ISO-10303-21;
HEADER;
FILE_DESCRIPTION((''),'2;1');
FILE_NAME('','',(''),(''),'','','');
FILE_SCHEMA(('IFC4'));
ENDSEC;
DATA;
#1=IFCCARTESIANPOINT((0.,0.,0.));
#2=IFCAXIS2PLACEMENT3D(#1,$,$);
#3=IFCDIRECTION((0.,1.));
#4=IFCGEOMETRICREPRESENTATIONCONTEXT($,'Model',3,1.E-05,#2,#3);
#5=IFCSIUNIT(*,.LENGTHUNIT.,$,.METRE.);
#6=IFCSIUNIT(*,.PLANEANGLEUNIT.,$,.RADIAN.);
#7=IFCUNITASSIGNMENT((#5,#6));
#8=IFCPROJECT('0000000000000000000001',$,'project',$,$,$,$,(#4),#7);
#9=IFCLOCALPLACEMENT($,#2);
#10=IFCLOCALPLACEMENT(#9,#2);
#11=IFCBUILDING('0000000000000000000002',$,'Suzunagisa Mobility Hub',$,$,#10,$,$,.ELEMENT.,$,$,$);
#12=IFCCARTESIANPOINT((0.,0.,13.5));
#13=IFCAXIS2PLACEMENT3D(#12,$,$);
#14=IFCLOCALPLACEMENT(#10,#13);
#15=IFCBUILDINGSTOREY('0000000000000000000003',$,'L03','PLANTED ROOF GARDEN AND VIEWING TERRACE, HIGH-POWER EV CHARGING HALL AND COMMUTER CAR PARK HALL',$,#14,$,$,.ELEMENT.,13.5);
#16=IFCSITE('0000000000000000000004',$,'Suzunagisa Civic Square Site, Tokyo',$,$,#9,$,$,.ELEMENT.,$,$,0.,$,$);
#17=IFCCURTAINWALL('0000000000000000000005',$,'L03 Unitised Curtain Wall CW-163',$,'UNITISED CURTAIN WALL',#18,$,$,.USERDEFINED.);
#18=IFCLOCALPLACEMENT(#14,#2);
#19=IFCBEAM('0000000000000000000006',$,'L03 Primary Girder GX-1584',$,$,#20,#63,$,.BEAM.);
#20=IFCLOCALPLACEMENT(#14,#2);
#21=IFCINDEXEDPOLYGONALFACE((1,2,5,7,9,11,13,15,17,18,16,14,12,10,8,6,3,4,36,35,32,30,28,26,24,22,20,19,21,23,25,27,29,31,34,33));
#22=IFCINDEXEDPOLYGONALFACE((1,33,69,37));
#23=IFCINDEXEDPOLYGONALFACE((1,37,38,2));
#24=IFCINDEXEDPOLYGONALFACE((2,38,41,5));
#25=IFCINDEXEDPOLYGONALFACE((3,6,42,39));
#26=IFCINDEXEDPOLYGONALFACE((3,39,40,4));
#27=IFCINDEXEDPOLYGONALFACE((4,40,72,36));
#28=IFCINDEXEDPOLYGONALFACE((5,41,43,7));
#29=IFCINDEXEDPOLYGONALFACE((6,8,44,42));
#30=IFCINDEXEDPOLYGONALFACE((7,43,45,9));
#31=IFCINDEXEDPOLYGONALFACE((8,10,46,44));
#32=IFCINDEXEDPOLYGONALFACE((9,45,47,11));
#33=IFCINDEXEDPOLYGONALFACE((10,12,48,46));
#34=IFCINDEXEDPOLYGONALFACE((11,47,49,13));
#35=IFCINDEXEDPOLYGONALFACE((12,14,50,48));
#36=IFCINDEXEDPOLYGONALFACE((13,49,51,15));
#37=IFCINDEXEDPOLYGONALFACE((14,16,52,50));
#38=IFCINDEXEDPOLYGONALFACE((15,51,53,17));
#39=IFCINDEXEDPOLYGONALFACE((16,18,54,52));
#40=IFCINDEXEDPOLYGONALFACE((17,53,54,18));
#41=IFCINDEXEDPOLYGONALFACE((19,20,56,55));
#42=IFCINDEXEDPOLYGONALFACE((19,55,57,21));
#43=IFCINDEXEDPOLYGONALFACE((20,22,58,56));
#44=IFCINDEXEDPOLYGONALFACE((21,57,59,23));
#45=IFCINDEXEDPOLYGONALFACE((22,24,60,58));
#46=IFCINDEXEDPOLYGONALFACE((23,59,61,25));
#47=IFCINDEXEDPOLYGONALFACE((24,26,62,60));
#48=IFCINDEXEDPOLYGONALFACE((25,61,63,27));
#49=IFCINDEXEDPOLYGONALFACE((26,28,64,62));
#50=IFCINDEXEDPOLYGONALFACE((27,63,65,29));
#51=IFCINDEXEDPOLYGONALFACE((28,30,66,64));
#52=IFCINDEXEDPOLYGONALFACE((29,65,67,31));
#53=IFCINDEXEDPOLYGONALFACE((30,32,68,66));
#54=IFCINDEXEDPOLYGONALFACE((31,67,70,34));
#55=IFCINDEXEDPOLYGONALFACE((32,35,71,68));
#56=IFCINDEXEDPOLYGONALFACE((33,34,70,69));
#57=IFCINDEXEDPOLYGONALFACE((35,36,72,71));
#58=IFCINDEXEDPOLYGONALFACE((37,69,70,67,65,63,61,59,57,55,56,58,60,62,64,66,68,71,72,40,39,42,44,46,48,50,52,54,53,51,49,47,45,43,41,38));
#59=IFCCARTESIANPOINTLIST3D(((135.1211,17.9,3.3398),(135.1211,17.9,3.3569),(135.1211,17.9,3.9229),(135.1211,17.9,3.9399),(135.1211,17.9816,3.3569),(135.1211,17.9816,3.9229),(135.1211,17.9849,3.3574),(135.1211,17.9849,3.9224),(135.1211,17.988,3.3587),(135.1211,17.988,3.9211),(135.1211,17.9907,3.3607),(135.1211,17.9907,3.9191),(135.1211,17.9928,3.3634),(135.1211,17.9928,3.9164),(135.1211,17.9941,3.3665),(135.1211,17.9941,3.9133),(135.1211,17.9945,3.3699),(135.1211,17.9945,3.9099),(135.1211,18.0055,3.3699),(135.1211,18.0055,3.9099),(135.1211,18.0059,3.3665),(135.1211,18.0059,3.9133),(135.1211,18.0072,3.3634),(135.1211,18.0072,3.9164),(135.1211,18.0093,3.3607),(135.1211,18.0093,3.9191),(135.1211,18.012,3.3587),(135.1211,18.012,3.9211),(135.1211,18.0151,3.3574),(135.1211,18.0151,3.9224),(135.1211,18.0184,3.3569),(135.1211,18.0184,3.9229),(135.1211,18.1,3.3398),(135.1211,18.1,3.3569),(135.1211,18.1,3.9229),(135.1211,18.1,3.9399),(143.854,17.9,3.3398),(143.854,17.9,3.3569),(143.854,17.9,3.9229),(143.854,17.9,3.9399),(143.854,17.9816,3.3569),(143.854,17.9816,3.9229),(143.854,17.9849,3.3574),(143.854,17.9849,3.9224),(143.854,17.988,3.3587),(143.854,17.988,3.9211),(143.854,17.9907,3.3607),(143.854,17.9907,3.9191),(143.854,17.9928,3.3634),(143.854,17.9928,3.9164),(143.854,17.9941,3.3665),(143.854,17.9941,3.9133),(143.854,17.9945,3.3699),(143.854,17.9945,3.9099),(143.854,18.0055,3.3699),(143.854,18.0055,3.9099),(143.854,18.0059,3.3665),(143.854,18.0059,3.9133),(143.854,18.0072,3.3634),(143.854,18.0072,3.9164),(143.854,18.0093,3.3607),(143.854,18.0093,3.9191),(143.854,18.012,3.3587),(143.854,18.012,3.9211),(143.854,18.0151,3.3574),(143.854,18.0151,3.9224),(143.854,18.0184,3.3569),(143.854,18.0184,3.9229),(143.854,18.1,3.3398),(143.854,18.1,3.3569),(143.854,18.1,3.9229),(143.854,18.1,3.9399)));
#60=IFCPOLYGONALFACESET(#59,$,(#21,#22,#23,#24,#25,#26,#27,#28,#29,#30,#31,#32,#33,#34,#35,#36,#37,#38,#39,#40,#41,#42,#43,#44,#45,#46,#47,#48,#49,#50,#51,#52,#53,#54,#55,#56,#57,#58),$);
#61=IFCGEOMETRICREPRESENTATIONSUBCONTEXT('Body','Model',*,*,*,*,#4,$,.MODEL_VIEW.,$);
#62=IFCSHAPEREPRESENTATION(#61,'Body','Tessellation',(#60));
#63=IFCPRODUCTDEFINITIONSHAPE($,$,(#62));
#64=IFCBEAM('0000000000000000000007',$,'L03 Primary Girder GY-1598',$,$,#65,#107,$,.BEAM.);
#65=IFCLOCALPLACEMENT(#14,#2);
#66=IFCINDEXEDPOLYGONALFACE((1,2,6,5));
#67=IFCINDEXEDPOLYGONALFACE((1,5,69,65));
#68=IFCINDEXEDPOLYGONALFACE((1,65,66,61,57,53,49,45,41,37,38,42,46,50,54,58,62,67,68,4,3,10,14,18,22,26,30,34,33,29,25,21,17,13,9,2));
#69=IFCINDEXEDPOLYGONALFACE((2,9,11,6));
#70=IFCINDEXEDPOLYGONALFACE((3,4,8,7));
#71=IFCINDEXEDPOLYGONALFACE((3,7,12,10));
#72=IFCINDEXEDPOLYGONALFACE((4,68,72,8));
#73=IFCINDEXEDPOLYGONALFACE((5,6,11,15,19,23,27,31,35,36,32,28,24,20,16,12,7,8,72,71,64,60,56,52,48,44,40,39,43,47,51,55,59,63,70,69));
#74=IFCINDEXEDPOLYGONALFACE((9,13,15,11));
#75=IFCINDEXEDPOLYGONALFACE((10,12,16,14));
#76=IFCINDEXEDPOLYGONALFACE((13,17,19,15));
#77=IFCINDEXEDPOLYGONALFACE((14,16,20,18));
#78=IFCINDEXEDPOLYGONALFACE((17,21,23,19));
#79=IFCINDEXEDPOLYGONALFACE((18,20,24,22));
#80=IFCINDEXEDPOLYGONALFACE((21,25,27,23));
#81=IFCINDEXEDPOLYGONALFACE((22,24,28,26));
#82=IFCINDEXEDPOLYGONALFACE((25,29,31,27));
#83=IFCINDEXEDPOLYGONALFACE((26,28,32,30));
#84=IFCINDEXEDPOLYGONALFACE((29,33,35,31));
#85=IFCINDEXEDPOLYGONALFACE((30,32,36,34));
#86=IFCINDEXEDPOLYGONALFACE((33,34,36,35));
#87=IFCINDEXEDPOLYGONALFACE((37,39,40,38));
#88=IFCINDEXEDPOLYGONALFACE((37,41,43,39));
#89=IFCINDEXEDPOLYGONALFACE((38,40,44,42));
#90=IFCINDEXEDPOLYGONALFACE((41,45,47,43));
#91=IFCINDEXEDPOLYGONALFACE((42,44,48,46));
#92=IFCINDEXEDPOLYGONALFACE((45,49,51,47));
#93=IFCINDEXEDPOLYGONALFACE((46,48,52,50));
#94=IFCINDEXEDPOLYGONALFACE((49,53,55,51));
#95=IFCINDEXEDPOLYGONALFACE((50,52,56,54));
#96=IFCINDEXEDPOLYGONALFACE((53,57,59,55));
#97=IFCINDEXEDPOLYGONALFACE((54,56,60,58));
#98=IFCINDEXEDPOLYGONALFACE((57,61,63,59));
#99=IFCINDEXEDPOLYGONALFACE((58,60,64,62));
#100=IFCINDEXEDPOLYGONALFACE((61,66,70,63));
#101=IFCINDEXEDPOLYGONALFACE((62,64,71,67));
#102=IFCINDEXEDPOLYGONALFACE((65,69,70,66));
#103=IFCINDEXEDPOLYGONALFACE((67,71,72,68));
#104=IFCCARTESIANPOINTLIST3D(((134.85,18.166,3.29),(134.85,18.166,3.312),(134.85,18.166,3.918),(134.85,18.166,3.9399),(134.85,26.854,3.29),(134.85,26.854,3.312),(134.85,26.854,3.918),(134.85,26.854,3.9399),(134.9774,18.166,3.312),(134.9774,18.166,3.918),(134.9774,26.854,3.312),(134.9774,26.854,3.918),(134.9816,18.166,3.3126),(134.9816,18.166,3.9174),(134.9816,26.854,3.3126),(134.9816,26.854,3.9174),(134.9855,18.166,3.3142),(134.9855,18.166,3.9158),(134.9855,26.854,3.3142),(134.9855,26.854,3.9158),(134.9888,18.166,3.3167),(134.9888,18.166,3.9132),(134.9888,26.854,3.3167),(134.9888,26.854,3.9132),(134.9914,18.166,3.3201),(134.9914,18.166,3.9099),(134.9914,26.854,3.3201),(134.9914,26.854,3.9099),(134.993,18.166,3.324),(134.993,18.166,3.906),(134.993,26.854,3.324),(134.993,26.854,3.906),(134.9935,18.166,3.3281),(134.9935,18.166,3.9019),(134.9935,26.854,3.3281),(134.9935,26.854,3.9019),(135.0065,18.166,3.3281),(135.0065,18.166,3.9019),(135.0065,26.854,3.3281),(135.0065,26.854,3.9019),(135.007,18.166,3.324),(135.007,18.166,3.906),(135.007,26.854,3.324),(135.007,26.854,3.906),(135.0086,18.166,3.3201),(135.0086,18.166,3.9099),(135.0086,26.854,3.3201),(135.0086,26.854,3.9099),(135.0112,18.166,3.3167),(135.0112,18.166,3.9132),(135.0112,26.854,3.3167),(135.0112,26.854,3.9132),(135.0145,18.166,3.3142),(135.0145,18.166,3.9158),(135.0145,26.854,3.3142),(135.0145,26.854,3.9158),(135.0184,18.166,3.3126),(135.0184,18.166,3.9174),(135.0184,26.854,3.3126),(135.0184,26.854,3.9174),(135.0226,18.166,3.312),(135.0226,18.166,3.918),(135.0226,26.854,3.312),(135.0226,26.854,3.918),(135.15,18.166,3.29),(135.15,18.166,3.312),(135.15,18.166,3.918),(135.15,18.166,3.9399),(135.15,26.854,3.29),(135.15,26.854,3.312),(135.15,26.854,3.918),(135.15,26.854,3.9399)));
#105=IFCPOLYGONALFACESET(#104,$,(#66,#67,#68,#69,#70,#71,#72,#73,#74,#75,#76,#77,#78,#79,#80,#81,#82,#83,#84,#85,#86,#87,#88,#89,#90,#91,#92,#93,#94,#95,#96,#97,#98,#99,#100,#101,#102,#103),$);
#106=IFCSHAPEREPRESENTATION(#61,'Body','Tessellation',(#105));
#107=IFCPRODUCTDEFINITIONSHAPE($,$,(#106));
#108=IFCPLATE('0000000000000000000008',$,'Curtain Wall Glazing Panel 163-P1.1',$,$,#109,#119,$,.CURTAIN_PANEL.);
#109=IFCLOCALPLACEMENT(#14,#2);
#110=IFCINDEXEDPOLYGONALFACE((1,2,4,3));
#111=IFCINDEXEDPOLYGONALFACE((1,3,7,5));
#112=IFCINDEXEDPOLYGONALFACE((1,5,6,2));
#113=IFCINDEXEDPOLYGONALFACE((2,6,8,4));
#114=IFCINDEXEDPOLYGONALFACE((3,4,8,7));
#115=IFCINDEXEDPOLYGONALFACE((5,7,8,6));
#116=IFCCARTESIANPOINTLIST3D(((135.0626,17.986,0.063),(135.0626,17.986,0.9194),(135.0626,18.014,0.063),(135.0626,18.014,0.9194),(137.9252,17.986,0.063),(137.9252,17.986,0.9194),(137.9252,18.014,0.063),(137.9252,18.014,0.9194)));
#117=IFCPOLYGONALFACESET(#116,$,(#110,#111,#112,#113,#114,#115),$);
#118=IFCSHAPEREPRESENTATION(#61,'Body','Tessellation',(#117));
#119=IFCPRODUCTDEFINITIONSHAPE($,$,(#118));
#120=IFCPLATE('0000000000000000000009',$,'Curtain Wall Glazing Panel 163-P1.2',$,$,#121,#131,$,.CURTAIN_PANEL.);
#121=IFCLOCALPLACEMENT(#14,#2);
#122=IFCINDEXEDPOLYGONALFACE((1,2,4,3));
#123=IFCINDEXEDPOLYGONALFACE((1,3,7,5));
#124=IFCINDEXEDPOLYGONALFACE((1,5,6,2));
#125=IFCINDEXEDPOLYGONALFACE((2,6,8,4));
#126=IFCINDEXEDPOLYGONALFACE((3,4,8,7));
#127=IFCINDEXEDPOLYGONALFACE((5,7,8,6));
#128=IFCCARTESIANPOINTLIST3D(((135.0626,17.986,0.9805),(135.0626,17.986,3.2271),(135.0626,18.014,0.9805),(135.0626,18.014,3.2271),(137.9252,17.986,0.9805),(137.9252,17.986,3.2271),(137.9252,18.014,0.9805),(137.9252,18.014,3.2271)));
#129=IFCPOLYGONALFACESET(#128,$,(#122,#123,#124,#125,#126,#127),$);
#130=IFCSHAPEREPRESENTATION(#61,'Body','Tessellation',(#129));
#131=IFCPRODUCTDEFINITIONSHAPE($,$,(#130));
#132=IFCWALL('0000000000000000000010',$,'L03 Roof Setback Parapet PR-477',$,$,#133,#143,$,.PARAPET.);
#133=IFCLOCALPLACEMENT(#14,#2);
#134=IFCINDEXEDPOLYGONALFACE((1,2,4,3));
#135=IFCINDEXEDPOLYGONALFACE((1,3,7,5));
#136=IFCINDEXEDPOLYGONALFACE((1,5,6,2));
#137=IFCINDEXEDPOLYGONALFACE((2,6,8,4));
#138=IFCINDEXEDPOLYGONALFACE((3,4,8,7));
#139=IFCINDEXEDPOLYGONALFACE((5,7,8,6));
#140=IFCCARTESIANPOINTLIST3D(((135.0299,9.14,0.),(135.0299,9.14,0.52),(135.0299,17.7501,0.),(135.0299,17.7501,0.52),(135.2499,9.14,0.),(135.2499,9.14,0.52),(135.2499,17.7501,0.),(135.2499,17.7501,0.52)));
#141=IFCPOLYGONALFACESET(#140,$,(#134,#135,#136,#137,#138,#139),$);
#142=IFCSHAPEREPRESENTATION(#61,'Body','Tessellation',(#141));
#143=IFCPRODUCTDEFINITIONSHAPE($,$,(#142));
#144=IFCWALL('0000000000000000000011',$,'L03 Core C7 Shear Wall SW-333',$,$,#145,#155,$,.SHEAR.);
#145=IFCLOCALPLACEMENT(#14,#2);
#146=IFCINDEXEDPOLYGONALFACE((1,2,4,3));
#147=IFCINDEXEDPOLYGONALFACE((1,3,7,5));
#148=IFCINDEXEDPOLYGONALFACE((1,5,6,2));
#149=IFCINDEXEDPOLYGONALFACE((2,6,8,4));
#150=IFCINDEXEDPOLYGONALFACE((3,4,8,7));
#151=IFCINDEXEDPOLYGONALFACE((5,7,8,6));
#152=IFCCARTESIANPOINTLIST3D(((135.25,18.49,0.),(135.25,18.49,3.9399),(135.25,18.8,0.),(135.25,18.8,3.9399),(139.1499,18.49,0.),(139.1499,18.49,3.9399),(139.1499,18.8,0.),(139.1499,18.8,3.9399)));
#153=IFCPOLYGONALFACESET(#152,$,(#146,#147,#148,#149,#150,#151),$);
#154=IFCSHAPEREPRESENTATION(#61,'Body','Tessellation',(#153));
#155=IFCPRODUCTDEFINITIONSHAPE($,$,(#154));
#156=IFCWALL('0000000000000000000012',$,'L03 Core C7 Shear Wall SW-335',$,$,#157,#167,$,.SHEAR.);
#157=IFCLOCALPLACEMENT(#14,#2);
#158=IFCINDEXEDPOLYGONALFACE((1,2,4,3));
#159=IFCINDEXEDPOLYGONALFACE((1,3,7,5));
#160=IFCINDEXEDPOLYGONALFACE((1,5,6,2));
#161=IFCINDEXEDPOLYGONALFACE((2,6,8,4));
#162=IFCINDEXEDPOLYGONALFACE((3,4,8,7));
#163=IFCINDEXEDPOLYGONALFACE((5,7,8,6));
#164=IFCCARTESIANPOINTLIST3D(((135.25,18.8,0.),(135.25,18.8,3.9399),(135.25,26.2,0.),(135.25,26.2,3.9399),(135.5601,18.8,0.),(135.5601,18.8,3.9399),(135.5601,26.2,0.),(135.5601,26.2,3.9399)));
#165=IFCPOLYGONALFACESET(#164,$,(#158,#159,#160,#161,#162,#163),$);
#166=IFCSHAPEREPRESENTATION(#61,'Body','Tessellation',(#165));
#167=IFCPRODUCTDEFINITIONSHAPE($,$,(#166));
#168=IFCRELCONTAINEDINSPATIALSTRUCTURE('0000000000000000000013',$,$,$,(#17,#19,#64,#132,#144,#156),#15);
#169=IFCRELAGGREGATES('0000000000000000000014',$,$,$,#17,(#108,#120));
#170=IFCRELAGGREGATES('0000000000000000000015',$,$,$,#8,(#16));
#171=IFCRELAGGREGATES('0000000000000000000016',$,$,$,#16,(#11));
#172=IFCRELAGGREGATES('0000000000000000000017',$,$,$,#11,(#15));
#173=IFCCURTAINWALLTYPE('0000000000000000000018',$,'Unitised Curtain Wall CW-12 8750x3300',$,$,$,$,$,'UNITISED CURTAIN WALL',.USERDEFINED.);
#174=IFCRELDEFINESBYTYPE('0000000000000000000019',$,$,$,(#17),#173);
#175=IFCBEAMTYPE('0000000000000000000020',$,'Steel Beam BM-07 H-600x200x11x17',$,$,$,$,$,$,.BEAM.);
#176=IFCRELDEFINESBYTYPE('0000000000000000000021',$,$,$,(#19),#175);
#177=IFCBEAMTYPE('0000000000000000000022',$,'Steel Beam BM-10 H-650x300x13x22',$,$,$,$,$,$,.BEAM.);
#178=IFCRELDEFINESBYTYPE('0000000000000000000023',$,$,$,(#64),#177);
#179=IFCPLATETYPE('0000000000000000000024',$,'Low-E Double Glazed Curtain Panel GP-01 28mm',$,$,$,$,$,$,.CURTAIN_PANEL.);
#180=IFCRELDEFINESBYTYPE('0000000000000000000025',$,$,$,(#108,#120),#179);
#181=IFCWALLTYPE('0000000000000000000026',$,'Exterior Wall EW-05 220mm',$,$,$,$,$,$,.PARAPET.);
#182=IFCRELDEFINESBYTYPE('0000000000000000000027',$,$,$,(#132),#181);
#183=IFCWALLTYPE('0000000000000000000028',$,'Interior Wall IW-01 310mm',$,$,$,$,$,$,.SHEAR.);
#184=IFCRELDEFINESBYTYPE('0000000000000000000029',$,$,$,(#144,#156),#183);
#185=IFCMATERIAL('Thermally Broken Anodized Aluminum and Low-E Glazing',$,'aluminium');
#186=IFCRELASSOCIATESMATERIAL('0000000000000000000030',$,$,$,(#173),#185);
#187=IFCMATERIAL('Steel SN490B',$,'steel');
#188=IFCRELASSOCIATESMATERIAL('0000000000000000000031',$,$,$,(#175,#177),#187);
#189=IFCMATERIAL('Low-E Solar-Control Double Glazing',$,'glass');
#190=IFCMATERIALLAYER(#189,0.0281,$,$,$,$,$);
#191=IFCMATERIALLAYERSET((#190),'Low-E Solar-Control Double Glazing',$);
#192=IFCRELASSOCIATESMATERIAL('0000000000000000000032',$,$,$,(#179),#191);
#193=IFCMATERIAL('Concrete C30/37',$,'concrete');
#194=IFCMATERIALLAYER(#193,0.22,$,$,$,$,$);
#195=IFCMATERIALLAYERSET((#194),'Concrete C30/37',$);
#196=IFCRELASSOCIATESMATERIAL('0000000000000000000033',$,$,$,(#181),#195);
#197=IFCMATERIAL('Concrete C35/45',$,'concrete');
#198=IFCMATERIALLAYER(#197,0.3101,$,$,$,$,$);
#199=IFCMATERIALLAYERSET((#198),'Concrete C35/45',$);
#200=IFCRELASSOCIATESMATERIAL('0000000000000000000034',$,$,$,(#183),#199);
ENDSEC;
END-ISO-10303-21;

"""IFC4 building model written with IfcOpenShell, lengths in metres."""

from ifc_helpers import new_model, si_unit, direction, frame, frame_2d, origin, origin_2d, place, context, subcontext, project, spatial, rectangle, i_section, extrude, material, layer, layer_set, material_profile, profile_set, type_object, element, aggregate, save


model = new_model("IFC4")

# Units and contexts
model_context = context("Model", 3, precision=1e-05, world=origin(), true_north=direction((0.0, 1.0)))
body_context = subcontext(model_context, "Body", "Model", "MODEL_VIEW")
ifc_project = project(units=[si_unit("LENGTHUNIT", "METRE"), si_unit("PLANEANGLEUNIT", "RADIAN")], contexts=[model_context])

# Site, building, storey
site_placement = place(None, origin())
site = spatial("IfcSite", under=ifc_project, at=site_placement, Name="Suzunagisa Civic Square Site, Tokyo", CompositionType="ELEMENT", RefElevation=0.0)
building_placement = place(site_placement, origin())
building = spatial("IfcBuilding", under=site, at=building_placement, Name="Suzunagisa Mobility Hub", CompositionType="ELEMENT")
storey_placement = place(building_placement, frame((0.0, 0.0, 13.5)))
storey = spatial("IfcBuildingStorey", under=building, at=storey_placement, Name="L03", Description="PLANTED ROOF GARDEN AND VIEWING TERRACE, HIGH-POWER EV CHARGING HALL AND COMMUTER CAR PARK HALL", CompositionType="ELEMENT", Elevation=13.5)

# Shared definitions
ifc_material_1 = material(Name="Steel SN490B", Category="steel")

# Curtain wall
ifc_material_2 = material(Name="Thermally Broken Anodized Aluminum and Low-E Glazing", Category="aluminium")
curtain_wall_type = type_object("IfcCurtainWallType", Name="Unitised Curtain Wall CW-12 8750x3300", ElementType="UNITISED CURTAIN WALL", PredefinedType="USERDEFINED", material=ifc_material_2)
curtain_wall_placement = place(storey_placement, origin())
curtain_wall = element("IfcCurtainWall", 1, at=curtain_wall_placement, inside=storey, type_object=curtain_wall_type, Name="L03 Unitised Curtain Wall CW-163", ObjectType="UNITISED CURTAIN WALL", PredefinedType="USERDEFINED")

# Beams
ifc_material_profile_1 = material_profile(ifc_material_1, i_section(OverallWidth=0.2, OverallDepth=0.6001, WebThickness=0.011, FlangeThickness=0.0171, FilletRadius=0.0129, at=origin_2d()), Name="H-600x200x11x17")
ifc_profile_set_1 = profile_set([ifc_material_profile_1], Name="Steel SN490B")
beam_type_1 = type_object("IfcBeamType", Name="Steel Beam BM-07 H-600x200x11x17", PredefinedType="BEAM", material=ifc_profile_set_1)
beam_1_placement = place(storey_placement, frame((135.1211, 18.0, 3.6399), z_axis=(1.0, 0.0, 0.0), x_axis=(0.0, 1.0, 0.0)))
element("IfcBeam", 2, at=beam_1_placement, inside=storey, type_object=beam_type_1, Name="L03 Primary Girder GX-1584", PredefinedType="BEAM", context=body_context, shape_type="SweptSolid", body=[
    extrude(i_section(OverallWidth=0.2, OverallDepth=0.6001, WebThickness=0.011, FlangeThickness=0.0171, FilletRadius=0.0129, at=origin_2d()), origin(), (0.0, 0.0, 1.0), 8.7329),
])
ifc_material_profile_2 = material_profile(ifc_material_1, i_section(OverallWidth=0.3, OverallDepth=0.6499, WebThickness=0.0129, FlangeThickness=0.022, FilletRadius=0.0161, at=origin_2d()), Name="H-650x300x13x22")
ifc_profile_set_2 = profile_set([ifc_material_profile_2], Name="Steel SN490B")
beam_type_2 = type_object("IfcBeamType", Name="Steel Beam BM-10 H-650x300x13x22", PredefinedType="BEAM", material=ifc_profile_set_2)
beam_2_placement = place(storey_placement, frame((135.0, 18.166, 3.615), z_axis=(0.0, 1.0, 0.0), x_axis=(-1.0, 0.0, 0.0)))
element("IfcBeam", 3, at=beam_2_placement, inside=storey, type_object=beam_type_2, Name="L03 Primary Girder GY-1598", PredefinedType="BEAM", context=body_context, shape_type="SweptSolid", body=[
    extrude(i_section(OverallWidth=0.3, OverallDepth=0.6499, WebThickness=0.0129, FlangeThickness=0.022, FilletRadius=0.0161, at=origin_2d()), origin(), (0.0, 0.0, 1.0), 8.688),
])

# Plates
ifc_material_3 = material(Name="Low-E Solar-Control Double Glazing", Category="glass")
ifc_layer_1 = layer(ifc_material_3, 0.0281)
ifc_layer_set_1 = layer_set([ifc_layer_1], Name="Low-E Solar-Control Double Glazing")
plate_type = type_object("IfcPlateType", Name="Low-E Double Glazed Curtain Panel GP-01 28mm", PredefinedType="CURTAIN_PANEL", material=ifc_layer_set_1)
plate_1_placement = place(storey_placement, frame((136.4939, 18.0, 0.063), z_axis=(0.0, 0.0, 1.0), x_axis=(1.0, 0.0, 0.0)))
plate_1 = element("IfcPlate", 4, at=plate_1_placement, type_object=plate_type, Name="Curtain Wall Glazing Panel 163-P1.1", PredefinedType="CURTAIN_PANEL", context=body_context, shape_type="SweptSolid", body=[
    extrude(rectangle(XDim=2.8625, YDim=0.0281, at=origin_2d()), origin(), (0.0, 0.0, 1.0), 0.8564),
])
plate_2_placement = place(storey_placement, frame((136.4939, 18.0, 0.9805), z_axis=(0.0, 0.0, 1.0), x_axis=(1.0, 0.0, 0.0)))
plate_2 = element("IfcPlate", 5, at=plate_2_placement, type_object=plate_type, Name="Curtain Wall Glazing Panel 163-P1.2", PredefinedType="CURTAIN_PANEL", context=body_context, shape_type="SweptSolid", body=[
    extrude(rectangle(XDim=2.8625, YDim=0.0281, at=origin_2d()), origin(), (0.0, 0.0, 1.0), 2.2466),
])
aggregate(curtain_wall, [plate_1, plate_2])

# Walls
ifc_material_4 = material(Name="Concrete C30/37", Category="concrete")
ifc_layer_2 = layer(ifc_material_4, 0.22)
ifc_layer_set_2 = layer_set([ifc_layer_2], Name="Concrete C30/37")
wall_type_1 = type_object("IfcWallType", Name="Exterior Wall EW-05 220mm", PredefinedType="PARAPET", material=ifc_layer_set_2)
wall_1_placement = place(storey_placement, frame((135.1399, 9.1399, 0.0), z_axis=(0.0, 0.0, 1.0), x_axis=(0.0, 1.0, 0.0)))
element("IfcWall", 6, at=wall_1_placement, inside=storey, type_object=wall_type_1, Name="L03 Roof Setback Parapet PR-477", PredefinedType="PARAPET", context=body_context, shape_type="SweptSolid", body=[
    extrude(rectangle(XDim=8.6101, YDim=0.22, at=frame_2d((4.3052, 0.0))), origin(), (0.0, 0.0, 1.0), 0.52),
])
ifc_material_5 = material(Name="Concrete C35/45", Category="concrete")
ifc_layer_3 = layer(ifc_material_5, 0.3101)
ifc_layer_set_3 = layer_set([ifc_layer_3], Name="Concrete C35/45")
wall_type_2 = type_object("IfcWallType", Name="Interior Wall IW-01 310mm", PredefinedType="SHEAR", material=ifc_layer_set_3)
wall_2_placement = place(storey_placement, frame((135.25, 18.645, 0.0), z_axis=(0.0, 0.0, 1.0), x_axis=(1.0, 0.0, 0.0)))
element("IfcWall", 7, at=wall_2_placement, inside=storey, type_object=wall_type_2, Name="L03 Core C7 Shear Wall SW-333", PredefinedType="SHEAR", context=body_context, shape_type="SweptSolid", body=[
    extrude(rectangle(XDim=3.8999, YDim=0.3101, at=frame_2d((1.95, 0.0))), origin(), (0.0, 0.0, 1.0), 3.9399),
])
wall_3_placement = place(storey_placement, frame((135.405, 18.8, 0.0), z_axis=(0.0, 0.0, 1.0), x_axis=(0.0, 1.0, 0.0)))
element("IfcWall", 8, at=wall_3_placement, inside=storey, type_object=wall_type_2, Name="L03 Core C7 Shear Wall SW-335", PredefinedType="SHEAR", context=body_context, shape_type="SweptSolid", body=[
    extrude(rectangle(XDim=7.3999, YDim=0.3101, at=frame_2d((3.7, 0.0))), origin(), (0.0, 0.0, 1.0), 3.9399),
])

save(model, "model.ifc")
